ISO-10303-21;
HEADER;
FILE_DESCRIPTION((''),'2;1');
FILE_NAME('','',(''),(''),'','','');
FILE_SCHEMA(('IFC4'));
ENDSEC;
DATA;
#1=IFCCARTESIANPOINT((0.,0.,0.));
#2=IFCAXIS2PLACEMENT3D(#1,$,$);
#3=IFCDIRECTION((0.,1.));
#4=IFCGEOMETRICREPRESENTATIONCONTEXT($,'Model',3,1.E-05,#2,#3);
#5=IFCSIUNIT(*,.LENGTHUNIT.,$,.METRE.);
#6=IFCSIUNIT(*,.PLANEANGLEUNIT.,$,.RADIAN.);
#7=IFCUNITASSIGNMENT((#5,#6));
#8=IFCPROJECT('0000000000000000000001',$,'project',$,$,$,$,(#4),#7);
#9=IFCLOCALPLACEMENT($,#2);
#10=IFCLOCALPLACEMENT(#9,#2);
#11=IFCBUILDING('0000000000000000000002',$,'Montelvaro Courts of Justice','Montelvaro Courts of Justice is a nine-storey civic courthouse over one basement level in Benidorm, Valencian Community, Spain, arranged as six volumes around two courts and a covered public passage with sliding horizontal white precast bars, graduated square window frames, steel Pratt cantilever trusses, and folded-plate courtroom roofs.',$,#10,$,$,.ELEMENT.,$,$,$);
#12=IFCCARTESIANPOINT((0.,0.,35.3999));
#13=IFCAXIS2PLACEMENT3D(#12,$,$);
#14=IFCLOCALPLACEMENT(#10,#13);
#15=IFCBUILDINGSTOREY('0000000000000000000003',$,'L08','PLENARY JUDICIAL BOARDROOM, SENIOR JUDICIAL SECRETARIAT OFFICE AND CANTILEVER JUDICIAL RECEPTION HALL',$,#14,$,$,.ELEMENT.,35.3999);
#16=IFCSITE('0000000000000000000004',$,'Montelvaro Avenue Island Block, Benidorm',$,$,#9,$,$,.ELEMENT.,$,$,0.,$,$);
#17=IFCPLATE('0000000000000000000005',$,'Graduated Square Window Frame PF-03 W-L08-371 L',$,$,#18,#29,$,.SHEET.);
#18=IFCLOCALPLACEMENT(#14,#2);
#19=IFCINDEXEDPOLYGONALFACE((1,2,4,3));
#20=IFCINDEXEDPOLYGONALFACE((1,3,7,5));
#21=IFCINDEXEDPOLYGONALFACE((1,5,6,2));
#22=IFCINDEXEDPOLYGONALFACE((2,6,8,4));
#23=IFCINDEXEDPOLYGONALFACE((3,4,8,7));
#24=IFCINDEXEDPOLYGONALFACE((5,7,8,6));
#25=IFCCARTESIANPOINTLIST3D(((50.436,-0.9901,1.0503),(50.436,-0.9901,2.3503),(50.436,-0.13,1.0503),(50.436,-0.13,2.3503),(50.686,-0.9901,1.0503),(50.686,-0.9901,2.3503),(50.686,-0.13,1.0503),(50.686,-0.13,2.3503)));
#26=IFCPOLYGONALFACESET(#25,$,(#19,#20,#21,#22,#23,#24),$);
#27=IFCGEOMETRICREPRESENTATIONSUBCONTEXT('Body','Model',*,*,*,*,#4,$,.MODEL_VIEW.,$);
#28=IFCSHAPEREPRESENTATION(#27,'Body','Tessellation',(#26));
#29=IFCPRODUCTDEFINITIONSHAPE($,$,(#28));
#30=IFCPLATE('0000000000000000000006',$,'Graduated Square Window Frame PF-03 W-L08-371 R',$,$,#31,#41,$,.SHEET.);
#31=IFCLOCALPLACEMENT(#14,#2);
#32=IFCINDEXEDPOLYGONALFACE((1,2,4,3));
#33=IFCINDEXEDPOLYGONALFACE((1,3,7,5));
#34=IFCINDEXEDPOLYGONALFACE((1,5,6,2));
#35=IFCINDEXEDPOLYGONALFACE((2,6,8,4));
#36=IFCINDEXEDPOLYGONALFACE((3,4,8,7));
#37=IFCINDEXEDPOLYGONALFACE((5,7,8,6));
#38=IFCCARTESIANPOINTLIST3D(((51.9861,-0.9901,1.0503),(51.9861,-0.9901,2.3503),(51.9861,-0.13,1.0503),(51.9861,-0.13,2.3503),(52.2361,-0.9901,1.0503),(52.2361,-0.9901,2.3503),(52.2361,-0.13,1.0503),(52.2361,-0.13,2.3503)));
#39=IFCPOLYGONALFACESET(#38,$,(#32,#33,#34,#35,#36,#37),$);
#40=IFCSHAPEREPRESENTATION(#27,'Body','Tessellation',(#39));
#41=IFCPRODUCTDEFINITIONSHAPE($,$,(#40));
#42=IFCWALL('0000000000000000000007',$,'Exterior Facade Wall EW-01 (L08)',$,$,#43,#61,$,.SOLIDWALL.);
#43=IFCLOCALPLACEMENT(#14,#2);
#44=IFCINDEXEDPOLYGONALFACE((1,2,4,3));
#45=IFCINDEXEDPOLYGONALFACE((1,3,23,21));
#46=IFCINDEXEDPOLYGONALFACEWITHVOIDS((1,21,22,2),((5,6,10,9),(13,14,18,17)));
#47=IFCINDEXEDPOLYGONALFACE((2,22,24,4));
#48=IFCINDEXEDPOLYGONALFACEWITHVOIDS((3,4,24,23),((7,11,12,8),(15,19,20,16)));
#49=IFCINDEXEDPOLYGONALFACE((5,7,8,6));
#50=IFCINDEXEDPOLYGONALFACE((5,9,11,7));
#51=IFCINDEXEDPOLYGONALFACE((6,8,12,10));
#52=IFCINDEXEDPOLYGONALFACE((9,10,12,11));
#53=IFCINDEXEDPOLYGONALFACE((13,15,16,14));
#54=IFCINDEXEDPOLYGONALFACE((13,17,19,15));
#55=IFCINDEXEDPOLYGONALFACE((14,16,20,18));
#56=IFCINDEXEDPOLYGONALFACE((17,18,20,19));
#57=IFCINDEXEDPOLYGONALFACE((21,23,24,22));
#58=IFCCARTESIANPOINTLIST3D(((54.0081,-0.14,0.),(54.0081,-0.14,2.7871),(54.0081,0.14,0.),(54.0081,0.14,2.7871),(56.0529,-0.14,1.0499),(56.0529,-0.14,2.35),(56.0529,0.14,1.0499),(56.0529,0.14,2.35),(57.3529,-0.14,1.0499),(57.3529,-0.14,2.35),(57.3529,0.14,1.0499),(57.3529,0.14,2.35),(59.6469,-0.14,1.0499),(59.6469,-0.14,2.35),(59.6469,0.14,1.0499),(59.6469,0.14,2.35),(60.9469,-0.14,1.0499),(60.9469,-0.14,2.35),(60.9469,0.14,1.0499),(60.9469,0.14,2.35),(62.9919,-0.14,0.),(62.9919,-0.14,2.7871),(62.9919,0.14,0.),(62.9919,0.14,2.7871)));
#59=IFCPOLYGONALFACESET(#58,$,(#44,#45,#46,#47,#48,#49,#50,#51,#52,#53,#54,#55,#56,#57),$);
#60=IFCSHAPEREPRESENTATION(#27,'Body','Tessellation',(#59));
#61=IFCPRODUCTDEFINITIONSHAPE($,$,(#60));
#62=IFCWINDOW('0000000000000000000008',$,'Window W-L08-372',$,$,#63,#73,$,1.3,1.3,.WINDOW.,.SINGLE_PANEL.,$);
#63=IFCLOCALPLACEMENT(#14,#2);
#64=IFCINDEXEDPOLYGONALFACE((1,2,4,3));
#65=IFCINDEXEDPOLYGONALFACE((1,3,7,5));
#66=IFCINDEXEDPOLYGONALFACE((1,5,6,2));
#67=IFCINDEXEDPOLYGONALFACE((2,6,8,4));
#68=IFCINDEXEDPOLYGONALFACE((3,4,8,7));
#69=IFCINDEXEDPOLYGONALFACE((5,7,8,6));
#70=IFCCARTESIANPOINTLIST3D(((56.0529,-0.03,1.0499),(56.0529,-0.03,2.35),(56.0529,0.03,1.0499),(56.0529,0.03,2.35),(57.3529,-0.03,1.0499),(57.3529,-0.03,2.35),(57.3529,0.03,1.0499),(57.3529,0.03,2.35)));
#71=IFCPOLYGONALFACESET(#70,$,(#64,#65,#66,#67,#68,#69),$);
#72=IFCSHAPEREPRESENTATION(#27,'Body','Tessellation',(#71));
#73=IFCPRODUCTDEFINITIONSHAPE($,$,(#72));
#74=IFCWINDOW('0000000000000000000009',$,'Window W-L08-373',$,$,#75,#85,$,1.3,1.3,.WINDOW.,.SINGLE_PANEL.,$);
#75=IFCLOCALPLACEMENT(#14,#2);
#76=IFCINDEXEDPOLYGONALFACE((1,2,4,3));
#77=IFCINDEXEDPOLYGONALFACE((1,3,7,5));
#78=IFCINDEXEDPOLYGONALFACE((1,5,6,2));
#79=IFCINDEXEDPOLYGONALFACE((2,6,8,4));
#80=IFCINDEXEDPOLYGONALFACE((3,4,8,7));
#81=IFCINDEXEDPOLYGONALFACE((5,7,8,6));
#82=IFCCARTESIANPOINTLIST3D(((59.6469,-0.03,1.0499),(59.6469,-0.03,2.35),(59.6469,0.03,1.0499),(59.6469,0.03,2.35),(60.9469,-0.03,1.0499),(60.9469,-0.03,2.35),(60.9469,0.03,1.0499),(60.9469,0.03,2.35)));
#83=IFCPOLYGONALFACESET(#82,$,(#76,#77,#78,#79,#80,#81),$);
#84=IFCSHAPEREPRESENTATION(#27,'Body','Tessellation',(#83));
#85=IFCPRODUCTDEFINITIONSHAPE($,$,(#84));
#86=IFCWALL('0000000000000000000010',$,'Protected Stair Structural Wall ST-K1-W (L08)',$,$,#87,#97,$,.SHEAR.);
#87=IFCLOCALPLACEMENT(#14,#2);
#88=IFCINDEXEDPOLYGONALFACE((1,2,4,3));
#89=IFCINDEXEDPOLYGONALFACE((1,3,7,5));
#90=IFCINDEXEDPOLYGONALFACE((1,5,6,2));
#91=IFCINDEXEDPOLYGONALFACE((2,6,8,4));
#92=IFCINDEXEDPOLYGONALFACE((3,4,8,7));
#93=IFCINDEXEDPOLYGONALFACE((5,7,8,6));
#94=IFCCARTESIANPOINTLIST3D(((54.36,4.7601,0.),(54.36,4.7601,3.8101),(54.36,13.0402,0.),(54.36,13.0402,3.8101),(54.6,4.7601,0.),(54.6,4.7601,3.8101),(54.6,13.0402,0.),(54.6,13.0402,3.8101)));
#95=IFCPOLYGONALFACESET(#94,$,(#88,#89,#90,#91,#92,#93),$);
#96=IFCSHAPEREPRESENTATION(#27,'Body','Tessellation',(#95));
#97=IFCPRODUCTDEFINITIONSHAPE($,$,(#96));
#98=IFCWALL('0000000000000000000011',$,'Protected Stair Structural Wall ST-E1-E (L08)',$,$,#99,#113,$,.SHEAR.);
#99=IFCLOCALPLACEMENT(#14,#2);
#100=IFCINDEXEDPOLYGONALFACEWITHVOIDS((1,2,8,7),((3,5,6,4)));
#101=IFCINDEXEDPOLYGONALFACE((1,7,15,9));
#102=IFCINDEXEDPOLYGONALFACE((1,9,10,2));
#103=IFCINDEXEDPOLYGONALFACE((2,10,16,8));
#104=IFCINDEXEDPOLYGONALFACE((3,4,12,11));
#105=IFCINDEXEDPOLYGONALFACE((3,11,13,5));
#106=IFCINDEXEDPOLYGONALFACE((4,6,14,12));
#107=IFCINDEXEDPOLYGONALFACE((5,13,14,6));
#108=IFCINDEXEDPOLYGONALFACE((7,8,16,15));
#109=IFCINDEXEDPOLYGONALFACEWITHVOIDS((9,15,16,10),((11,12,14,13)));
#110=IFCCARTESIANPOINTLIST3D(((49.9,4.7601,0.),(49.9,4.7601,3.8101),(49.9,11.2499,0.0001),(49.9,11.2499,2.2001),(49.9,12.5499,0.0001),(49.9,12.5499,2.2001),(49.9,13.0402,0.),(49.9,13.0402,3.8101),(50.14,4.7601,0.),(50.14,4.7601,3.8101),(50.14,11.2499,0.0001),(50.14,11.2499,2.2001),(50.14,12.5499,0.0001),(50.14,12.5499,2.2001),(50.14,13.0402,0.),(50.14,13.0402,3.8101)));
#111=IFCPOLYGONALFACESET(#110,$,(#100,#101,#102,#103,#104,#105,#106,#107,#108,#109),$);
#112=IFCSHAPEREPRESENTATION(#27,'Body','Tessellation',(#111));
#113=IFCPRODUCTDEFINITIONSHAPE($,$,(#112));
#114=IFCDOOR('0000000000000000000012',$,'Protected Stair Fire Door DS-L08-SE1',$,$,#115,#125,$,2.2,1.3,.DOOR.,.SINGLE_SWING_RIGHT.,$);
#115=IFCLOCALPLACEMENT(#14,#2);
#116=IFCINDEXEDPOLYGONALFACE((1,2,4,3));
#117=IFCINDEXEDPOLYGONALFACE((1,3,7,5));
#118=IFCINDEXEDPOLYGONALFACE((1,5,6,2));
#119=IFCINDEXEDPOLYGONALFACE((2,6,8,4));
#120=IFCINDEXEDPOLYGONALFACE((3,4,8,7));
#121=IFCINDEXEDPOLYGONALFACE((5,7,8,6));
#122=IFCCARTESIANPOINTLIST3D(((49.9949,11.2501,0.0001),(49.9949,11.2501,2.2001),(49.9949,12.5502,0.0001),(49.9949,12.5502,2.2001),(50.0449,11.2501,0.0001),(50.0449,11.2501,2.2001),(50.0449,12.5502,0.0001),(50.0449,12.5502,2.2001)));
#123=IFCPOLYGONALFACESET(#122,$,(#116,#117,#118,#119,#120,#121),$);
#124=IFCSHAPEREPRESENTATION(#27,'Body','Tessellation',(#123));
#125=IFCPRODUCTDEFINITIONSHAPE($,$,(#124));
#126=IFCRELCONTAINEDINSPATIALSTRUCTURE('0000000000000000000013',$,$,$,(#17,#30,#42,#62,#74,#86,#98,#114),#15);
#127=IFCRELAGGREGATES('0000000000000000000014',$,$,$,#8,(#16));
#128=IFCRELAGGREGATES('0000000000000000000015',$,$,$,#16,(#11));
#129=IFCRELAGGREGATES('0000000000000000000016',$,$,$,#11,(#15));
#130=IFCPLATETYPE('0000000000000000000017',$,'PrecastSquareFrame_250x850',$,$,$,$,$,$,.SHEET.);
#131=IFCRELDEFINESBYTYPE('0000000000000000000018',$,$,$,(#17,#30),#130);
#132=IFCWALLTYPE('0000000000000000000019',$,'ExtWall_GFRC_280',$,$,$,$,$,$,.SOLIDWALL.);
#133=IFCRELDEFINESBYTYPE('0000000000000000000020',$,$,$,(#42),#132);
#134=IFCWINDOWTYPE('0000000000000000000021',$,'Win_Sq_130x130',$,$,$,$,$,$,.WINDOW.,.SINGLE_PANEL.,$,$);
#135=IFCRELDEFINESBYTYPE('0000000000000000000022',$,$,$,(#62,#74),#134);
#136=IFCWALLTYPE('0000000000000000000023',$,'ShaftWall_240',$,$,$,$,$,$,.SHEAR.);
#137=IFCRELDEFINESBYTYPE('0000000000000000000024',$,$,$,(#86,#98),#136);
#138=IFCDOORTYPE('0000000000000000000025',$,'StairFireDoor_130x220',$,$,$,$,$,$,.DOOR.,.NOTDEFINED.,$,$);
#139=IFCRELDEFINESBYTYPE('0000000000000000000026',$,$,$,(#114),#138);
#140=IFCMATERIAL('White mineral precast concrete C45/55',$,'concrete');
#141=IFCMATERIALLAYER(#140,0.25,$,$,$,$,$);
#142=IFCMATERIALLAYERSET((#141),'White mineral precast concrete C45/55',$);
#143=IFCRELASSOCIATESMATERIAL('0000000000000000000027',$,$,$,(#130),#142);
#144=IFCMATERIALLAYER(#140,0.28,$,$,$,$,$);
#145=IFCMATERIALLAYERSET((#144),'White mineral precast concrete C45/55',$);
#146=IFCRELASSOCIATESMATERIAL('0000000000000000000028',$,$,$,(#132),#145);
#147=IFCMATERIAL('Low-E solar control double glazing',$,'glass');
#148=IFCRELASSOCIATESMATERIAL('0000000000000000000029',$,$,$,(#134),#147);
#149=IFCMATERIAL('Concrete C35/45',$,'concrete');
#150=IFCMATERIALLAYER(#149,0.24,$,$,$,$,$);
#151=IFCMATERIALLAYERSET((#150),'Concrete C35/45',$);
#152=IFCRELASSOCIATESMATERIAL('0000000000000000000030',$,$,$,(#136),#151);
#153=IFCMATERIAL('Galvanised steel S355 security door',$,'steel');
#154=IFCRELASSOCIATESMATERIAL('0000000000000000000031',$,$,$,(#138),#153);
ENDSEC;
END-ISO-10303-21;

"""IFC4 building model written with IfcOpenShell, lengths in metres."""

from ifc_helpers import new_model, si_unit, direction, frame, frame_2d, origin, origin_2d, place, context, subcontext, project, spatial, rectangle, extrude, material, layer, layer_set, type_object, element, fill, save


model = new_model("IFC4")

# Units and contexts
model_context = context("Model", 3, precision=1e-05, world=origin(), true_north=direction((0.0, 1.0)))
body_context = subcontext(model_context, "Body", "Model", "MODEL_VIEW")
ifc_project = project(units=[si_unit("LENGTHUNIT", "METRE"), si_unit("PLANEANGLEUNIT", "RADIAN")], contexts=[model_context])

# Site, building, storey
site_placement = place(None, origin())
site = spatial("IfcSite", under=ifc_project, at=site_placement, Name="Montelvaro Avenue Island Block, Benidorm", CompositionType="ELEMENT", RefElevation=0.0)
building_placement = place(site_placement, origin())
building = spatial("IfcBuilding", under=site, at=building_placement, Name="Montelvaro Courts of Justice", Description="Montelvaro Courts of Justice is a nine-storey civic courthouse over one basement level in Benidorm, Valencian Community, Spain, arranged as six volumes around two courts and a covered public passage with sliding horizontal white precast bars, graduated square window frames, steel Pratt cantilever trusses, and folded-plate courtroom roofs.", CompositionType="ELEMENT")
storey_placement = place(building_placement, frame((0.0, 0.0, 35.3999)))
storey = spatial("IfcBuildingStorey", under=building, at=storey_placement, Name="L08", Description="PLENARY JUDICIAL BOARDROOM, SENIOR JUDICIAL SECRETARIAT OFFICE AND CANTILEVER JUDICIAL RECEPTION HALL", CompositionType="ELEMENT", Elevation=35.3999)

# Plates
ifc_material_1 = material(Name="White mineral precast concrete C45/55", Category="concrete")
ifc_layer_1 = layer(ifc_material_1, 0.25)
ifc_layer_set_1 = layer_set([ifc_layer_1], Name="White mineral precast concrete C45/55")
plate_type = type_object("IfcPlateType", Name="PrecastSquareFrame_250x850", PredefinedType="SHEET", material=ifc_layer_set_1)
for number, where, z_axis, x_axis, name in (
    (1, (50.561, -0.5601, 1.0503), (0.0, 0.0, 1.0), (1.0, 0.0, 0.0), "Graduated Square Window Frame PF-03 W-L08-371 L"),
    (2, (52.1111, -0.5601, 1.0503), (0.0, 0.0, 1.0), (1.0, 0.0, 0.0), "Graduated Square Window Frame PF-03 W-L08-371 R"),
):
    element("IfcPlate", number, at=place(storey_placement, frame(where, z_axis=z_axis, x_axis=x_axis)), inside=storey, type_object=plate_type, Name=name, PredefinedType="SHEET", context=body_context, shape_type="SweptSolid", body=[
        extrude(rectangle(XDim=0.25, YDim=0.8601, at=origin_2d()), origin(), (0.0, 0.0, 1.0), 1.3),
    ])

# Wall, openings, windows
ifc_layer_2 = layer(ifc_material_1, 0.28)
ifc_layer_set_2 = layer_set([ifc_layer_2], Name="White mineral precast concrete C45/55")
wall_type_1 = type_object("IfcWallType", Name="ExtWall_GFRC_280", PredefinedType="SOLIDWALL", material=ifc_layer_set_2)
wall_1_placement = place(storey_placement, frame((54.0081, 0.0, 0.0), z_axis=(0.0, 0.0, 1.0), x_axis=(1.0, 0.0, 0.0)))
wall_1 = element("IfcWall", 3, at=wall_1_placement, inside=storey, type_object=wall_type_1, Name="Exterior Facade Wall EW-01 (L08)", PredefinedType="SOLIDWALL", context=body_context, shape_type="SweptSolid", body=[
    extrude(rectangle(XDim=8.9839, YDim=0.28, at=frame_2d((4.4919, 0.0))), origin(), (0.0, 0.0, 1.0), 2.7871),
])
opening_1_placement = place(wall_1_placement, frame((2.0449, 0.0, 1.05)))
opening_1 = element("IfcOpeningElement", 4, at=opening_1_placement, cuts=wall_1, PredefinedType="OPENING", context=body_context, shape_type="SweptSolid", body=[
    extrude(rectangle(XDim=1.3, YDim=1.3, at=frame_2d((0.6499, 0.6499))), frame((0.0, 0.1548, 0.0), z_axis=(0.0, -1.0, 0.0), x_axis=(1.0, 0.0, 0.0)), (0.0, 0.0, 1.0), 0.3098),
])
opening_2_placement = place(wall_1_placement, frame((5.6389, 0.0, 1.05)))
opening_2 = element("IfcOpeningElement", 5, at=opening_2_placement, cuts=wall_1, PredefinedType="OPENING", context=body_context, shape_type="SweptSolid", body=[
    extrude(rectangle(XDim=1.3, YDim=1.3, at=frame_2d((0.6499, 0.6499))), frame((0.0, 0.1548, 0.0), z_axis=(0.0, -1.0, 0.0), x_axis=(1.0, 0.0, 0.0)), (0.0, 0.0, 1.0), 0.3098),
])
ifc_material_2 = material(Name="Low-E solar control double glazing", Category="glass")
window_type = type_object("IfcWindowType", Name="Win_Sq_130x130", PartitioningType="SINGLE_PANEL", PredefinedType="WINDOW", material=ifc_material_2)
window_1_placement = place(opening_1_placement, origin())
window_1 = element("IfcWindow", 6, at=window_1_placement, inside=storey, type_object=window_type, Name="Window W-L08-372", OverallHeight=1.3, OverallWidth=1.3, PartitioningType="SINGLE_PANEL", PredefinedType="WINDOW", context=body_context, shape_type="SweptSolid", body=[
    extrude(rectangle(XDim=1.3, YDim=1.3, at=frame_2d((0.6499, 0.6499))), frame((0.0, 0.03, 0.0), z_axis=(0.0, -1.0, 0.0), x_axis=(1.0, 0.0, 0.0)), (0.0, 0.0, 1.0), 0.0601),
])
fill(opening_1, window_1)
window_2_placement = place(opening_2_placement, origin())
window_2 = element("IfcWindow", 7, at=window_2_placement, inside=storey, type_object=window_type, Name="Window W-L08-373", OverallHeight=1.3, OverallWidth=1.3, PartitioningType="SINGLE_PANEL", PredefinedType="WINDOW", context=body_context, shape_type="SweptSolid", body=[
    extrude(rectangle(XDim=1.3, YDim=1.3, at=frame_2d((0.6499, 0.6499))), frame((0.0, 0.03, 0.0), z_axis=(0.0, -1.0, 0.0), x_axis=(1.0, 0.0, 0.0)), (0.0, 0.0, 1.0), 0.0601),
])
fill(opening_2, window_2)

# Wall
ifc_material_3 = material(Name="Concrete C35/45", Category="concrete")
ifc_layer_3 = layer(ifc_material_3, 0.24)
ifc_layer_set_3 = layer_set([ifc_layer_3], Name="Concrete C35/45")
wall_type_2 = type_object("IfcWallType", Name="ShaftWall_240", PredefinedType="SHEAR", material=ifc_layer_set_3)
wall_2_placement = place(storey_placement, frame((54.48, 4.76, 0.0), z_axis=(0.0, 0.0, 1.0), x_axis=(0.0, 1.0, 0.0)))
element("IfcWall", 8, at=wall_2_placement, inside=storey, type_object=wall_type_2, Name="Protected Stair Structural Wall ST-K1-W (L08)", PredefinedType="SHEAR", context=body_context, shape_type="SweptSolid", body=[
    extrude(rectangle(XDim=8.28, YDim=0.24, at=frame_2d((4.1401, 0.0))), origin(), (0.0, 0.0, 1.0), 3.8101),
])

# Wall, opening, door
wall_3_placement = place(storey_placement, frame((50.02, 4.76, 0.0), z_axis=(0.0, 0.0, 1.0), x_axis=(0.0, 1.0, 0.0)))
wall_3 = element("IfcWall", 9, at=wall_3_placement, inside=storey, type_object=wall_type_2, Name="Protected Stair Structural Wall ST-E1-E (L08)", PredefinedType="SHEAR", context=body_context, shape_type="SweptSolid", body=[
    extrude(rectangle(XDim=8.28, YDim=0.24, at=frame_2d((4.1401, 0.0))), origin(), (0.0, 0.0, 1.0), 3.8101),
])
opening_3_placement = place(wall_3_placement, frame((6.49, 0.0, 0.0)))
opening_3 = element("IfcOpeningElement", 10, at=opening_3_placement, cuts=wall_3, PredefinedType="OPENING", context=body_context, shape_type="SweptSolid", body=[
    extrude(rectangle(XDim=1.3, YDim=2.2, at=frame_2d((0.6499, 1.1001))), frame((0.0, 0.1348, 0.0), z_axis=(0.0, -1.0, 0.0), x_axis=(1.0, 0.0, 0.0)), (0.0, 0.0, 1.0), 0.2698),
])
ifc_material_4 = material(Name="Galvanised steel S355 security door", Category="steel")
door_type = type_object("IfcDoorType", Name="StairFireDoor_130x220", OperationType="NOTDEFINED", PredefinedType="DOOR", material=ifc_material_4)
door_placement = place(opening_3_placement, frame((1.3, 0.0, 0.0), z_axis=(0.0, 0.0, 1.0), x_axis=(-1.0, 0.0, 0.0)))
door = element("IfcDoor", 11, at=door_placement, inside=storey, type_object=door_type, Name="Protected Stair Fire Door DS-L08-SE1", OperationType="SINGLE_SWING_RIGHT", OverallHeight=2.2, OverallWidth=1.3, PredefinedType="DOOR", context=body_context, shape_type="SweptSolid", body=[
    extrude(rectangle(XDim=1.3, YDim=2.2, at=frame_2d((0.6499, 1.1001))), frame((0.0, 0.0249, 0.0), z_axis=(0.0, -1.0, 0.0), x_axis=(1.0, 0.0, 0.0)), (0.0, 0.0, 1.0), 0.05),
])
fill(opening_3, door)

save(model, "model.ifc")
